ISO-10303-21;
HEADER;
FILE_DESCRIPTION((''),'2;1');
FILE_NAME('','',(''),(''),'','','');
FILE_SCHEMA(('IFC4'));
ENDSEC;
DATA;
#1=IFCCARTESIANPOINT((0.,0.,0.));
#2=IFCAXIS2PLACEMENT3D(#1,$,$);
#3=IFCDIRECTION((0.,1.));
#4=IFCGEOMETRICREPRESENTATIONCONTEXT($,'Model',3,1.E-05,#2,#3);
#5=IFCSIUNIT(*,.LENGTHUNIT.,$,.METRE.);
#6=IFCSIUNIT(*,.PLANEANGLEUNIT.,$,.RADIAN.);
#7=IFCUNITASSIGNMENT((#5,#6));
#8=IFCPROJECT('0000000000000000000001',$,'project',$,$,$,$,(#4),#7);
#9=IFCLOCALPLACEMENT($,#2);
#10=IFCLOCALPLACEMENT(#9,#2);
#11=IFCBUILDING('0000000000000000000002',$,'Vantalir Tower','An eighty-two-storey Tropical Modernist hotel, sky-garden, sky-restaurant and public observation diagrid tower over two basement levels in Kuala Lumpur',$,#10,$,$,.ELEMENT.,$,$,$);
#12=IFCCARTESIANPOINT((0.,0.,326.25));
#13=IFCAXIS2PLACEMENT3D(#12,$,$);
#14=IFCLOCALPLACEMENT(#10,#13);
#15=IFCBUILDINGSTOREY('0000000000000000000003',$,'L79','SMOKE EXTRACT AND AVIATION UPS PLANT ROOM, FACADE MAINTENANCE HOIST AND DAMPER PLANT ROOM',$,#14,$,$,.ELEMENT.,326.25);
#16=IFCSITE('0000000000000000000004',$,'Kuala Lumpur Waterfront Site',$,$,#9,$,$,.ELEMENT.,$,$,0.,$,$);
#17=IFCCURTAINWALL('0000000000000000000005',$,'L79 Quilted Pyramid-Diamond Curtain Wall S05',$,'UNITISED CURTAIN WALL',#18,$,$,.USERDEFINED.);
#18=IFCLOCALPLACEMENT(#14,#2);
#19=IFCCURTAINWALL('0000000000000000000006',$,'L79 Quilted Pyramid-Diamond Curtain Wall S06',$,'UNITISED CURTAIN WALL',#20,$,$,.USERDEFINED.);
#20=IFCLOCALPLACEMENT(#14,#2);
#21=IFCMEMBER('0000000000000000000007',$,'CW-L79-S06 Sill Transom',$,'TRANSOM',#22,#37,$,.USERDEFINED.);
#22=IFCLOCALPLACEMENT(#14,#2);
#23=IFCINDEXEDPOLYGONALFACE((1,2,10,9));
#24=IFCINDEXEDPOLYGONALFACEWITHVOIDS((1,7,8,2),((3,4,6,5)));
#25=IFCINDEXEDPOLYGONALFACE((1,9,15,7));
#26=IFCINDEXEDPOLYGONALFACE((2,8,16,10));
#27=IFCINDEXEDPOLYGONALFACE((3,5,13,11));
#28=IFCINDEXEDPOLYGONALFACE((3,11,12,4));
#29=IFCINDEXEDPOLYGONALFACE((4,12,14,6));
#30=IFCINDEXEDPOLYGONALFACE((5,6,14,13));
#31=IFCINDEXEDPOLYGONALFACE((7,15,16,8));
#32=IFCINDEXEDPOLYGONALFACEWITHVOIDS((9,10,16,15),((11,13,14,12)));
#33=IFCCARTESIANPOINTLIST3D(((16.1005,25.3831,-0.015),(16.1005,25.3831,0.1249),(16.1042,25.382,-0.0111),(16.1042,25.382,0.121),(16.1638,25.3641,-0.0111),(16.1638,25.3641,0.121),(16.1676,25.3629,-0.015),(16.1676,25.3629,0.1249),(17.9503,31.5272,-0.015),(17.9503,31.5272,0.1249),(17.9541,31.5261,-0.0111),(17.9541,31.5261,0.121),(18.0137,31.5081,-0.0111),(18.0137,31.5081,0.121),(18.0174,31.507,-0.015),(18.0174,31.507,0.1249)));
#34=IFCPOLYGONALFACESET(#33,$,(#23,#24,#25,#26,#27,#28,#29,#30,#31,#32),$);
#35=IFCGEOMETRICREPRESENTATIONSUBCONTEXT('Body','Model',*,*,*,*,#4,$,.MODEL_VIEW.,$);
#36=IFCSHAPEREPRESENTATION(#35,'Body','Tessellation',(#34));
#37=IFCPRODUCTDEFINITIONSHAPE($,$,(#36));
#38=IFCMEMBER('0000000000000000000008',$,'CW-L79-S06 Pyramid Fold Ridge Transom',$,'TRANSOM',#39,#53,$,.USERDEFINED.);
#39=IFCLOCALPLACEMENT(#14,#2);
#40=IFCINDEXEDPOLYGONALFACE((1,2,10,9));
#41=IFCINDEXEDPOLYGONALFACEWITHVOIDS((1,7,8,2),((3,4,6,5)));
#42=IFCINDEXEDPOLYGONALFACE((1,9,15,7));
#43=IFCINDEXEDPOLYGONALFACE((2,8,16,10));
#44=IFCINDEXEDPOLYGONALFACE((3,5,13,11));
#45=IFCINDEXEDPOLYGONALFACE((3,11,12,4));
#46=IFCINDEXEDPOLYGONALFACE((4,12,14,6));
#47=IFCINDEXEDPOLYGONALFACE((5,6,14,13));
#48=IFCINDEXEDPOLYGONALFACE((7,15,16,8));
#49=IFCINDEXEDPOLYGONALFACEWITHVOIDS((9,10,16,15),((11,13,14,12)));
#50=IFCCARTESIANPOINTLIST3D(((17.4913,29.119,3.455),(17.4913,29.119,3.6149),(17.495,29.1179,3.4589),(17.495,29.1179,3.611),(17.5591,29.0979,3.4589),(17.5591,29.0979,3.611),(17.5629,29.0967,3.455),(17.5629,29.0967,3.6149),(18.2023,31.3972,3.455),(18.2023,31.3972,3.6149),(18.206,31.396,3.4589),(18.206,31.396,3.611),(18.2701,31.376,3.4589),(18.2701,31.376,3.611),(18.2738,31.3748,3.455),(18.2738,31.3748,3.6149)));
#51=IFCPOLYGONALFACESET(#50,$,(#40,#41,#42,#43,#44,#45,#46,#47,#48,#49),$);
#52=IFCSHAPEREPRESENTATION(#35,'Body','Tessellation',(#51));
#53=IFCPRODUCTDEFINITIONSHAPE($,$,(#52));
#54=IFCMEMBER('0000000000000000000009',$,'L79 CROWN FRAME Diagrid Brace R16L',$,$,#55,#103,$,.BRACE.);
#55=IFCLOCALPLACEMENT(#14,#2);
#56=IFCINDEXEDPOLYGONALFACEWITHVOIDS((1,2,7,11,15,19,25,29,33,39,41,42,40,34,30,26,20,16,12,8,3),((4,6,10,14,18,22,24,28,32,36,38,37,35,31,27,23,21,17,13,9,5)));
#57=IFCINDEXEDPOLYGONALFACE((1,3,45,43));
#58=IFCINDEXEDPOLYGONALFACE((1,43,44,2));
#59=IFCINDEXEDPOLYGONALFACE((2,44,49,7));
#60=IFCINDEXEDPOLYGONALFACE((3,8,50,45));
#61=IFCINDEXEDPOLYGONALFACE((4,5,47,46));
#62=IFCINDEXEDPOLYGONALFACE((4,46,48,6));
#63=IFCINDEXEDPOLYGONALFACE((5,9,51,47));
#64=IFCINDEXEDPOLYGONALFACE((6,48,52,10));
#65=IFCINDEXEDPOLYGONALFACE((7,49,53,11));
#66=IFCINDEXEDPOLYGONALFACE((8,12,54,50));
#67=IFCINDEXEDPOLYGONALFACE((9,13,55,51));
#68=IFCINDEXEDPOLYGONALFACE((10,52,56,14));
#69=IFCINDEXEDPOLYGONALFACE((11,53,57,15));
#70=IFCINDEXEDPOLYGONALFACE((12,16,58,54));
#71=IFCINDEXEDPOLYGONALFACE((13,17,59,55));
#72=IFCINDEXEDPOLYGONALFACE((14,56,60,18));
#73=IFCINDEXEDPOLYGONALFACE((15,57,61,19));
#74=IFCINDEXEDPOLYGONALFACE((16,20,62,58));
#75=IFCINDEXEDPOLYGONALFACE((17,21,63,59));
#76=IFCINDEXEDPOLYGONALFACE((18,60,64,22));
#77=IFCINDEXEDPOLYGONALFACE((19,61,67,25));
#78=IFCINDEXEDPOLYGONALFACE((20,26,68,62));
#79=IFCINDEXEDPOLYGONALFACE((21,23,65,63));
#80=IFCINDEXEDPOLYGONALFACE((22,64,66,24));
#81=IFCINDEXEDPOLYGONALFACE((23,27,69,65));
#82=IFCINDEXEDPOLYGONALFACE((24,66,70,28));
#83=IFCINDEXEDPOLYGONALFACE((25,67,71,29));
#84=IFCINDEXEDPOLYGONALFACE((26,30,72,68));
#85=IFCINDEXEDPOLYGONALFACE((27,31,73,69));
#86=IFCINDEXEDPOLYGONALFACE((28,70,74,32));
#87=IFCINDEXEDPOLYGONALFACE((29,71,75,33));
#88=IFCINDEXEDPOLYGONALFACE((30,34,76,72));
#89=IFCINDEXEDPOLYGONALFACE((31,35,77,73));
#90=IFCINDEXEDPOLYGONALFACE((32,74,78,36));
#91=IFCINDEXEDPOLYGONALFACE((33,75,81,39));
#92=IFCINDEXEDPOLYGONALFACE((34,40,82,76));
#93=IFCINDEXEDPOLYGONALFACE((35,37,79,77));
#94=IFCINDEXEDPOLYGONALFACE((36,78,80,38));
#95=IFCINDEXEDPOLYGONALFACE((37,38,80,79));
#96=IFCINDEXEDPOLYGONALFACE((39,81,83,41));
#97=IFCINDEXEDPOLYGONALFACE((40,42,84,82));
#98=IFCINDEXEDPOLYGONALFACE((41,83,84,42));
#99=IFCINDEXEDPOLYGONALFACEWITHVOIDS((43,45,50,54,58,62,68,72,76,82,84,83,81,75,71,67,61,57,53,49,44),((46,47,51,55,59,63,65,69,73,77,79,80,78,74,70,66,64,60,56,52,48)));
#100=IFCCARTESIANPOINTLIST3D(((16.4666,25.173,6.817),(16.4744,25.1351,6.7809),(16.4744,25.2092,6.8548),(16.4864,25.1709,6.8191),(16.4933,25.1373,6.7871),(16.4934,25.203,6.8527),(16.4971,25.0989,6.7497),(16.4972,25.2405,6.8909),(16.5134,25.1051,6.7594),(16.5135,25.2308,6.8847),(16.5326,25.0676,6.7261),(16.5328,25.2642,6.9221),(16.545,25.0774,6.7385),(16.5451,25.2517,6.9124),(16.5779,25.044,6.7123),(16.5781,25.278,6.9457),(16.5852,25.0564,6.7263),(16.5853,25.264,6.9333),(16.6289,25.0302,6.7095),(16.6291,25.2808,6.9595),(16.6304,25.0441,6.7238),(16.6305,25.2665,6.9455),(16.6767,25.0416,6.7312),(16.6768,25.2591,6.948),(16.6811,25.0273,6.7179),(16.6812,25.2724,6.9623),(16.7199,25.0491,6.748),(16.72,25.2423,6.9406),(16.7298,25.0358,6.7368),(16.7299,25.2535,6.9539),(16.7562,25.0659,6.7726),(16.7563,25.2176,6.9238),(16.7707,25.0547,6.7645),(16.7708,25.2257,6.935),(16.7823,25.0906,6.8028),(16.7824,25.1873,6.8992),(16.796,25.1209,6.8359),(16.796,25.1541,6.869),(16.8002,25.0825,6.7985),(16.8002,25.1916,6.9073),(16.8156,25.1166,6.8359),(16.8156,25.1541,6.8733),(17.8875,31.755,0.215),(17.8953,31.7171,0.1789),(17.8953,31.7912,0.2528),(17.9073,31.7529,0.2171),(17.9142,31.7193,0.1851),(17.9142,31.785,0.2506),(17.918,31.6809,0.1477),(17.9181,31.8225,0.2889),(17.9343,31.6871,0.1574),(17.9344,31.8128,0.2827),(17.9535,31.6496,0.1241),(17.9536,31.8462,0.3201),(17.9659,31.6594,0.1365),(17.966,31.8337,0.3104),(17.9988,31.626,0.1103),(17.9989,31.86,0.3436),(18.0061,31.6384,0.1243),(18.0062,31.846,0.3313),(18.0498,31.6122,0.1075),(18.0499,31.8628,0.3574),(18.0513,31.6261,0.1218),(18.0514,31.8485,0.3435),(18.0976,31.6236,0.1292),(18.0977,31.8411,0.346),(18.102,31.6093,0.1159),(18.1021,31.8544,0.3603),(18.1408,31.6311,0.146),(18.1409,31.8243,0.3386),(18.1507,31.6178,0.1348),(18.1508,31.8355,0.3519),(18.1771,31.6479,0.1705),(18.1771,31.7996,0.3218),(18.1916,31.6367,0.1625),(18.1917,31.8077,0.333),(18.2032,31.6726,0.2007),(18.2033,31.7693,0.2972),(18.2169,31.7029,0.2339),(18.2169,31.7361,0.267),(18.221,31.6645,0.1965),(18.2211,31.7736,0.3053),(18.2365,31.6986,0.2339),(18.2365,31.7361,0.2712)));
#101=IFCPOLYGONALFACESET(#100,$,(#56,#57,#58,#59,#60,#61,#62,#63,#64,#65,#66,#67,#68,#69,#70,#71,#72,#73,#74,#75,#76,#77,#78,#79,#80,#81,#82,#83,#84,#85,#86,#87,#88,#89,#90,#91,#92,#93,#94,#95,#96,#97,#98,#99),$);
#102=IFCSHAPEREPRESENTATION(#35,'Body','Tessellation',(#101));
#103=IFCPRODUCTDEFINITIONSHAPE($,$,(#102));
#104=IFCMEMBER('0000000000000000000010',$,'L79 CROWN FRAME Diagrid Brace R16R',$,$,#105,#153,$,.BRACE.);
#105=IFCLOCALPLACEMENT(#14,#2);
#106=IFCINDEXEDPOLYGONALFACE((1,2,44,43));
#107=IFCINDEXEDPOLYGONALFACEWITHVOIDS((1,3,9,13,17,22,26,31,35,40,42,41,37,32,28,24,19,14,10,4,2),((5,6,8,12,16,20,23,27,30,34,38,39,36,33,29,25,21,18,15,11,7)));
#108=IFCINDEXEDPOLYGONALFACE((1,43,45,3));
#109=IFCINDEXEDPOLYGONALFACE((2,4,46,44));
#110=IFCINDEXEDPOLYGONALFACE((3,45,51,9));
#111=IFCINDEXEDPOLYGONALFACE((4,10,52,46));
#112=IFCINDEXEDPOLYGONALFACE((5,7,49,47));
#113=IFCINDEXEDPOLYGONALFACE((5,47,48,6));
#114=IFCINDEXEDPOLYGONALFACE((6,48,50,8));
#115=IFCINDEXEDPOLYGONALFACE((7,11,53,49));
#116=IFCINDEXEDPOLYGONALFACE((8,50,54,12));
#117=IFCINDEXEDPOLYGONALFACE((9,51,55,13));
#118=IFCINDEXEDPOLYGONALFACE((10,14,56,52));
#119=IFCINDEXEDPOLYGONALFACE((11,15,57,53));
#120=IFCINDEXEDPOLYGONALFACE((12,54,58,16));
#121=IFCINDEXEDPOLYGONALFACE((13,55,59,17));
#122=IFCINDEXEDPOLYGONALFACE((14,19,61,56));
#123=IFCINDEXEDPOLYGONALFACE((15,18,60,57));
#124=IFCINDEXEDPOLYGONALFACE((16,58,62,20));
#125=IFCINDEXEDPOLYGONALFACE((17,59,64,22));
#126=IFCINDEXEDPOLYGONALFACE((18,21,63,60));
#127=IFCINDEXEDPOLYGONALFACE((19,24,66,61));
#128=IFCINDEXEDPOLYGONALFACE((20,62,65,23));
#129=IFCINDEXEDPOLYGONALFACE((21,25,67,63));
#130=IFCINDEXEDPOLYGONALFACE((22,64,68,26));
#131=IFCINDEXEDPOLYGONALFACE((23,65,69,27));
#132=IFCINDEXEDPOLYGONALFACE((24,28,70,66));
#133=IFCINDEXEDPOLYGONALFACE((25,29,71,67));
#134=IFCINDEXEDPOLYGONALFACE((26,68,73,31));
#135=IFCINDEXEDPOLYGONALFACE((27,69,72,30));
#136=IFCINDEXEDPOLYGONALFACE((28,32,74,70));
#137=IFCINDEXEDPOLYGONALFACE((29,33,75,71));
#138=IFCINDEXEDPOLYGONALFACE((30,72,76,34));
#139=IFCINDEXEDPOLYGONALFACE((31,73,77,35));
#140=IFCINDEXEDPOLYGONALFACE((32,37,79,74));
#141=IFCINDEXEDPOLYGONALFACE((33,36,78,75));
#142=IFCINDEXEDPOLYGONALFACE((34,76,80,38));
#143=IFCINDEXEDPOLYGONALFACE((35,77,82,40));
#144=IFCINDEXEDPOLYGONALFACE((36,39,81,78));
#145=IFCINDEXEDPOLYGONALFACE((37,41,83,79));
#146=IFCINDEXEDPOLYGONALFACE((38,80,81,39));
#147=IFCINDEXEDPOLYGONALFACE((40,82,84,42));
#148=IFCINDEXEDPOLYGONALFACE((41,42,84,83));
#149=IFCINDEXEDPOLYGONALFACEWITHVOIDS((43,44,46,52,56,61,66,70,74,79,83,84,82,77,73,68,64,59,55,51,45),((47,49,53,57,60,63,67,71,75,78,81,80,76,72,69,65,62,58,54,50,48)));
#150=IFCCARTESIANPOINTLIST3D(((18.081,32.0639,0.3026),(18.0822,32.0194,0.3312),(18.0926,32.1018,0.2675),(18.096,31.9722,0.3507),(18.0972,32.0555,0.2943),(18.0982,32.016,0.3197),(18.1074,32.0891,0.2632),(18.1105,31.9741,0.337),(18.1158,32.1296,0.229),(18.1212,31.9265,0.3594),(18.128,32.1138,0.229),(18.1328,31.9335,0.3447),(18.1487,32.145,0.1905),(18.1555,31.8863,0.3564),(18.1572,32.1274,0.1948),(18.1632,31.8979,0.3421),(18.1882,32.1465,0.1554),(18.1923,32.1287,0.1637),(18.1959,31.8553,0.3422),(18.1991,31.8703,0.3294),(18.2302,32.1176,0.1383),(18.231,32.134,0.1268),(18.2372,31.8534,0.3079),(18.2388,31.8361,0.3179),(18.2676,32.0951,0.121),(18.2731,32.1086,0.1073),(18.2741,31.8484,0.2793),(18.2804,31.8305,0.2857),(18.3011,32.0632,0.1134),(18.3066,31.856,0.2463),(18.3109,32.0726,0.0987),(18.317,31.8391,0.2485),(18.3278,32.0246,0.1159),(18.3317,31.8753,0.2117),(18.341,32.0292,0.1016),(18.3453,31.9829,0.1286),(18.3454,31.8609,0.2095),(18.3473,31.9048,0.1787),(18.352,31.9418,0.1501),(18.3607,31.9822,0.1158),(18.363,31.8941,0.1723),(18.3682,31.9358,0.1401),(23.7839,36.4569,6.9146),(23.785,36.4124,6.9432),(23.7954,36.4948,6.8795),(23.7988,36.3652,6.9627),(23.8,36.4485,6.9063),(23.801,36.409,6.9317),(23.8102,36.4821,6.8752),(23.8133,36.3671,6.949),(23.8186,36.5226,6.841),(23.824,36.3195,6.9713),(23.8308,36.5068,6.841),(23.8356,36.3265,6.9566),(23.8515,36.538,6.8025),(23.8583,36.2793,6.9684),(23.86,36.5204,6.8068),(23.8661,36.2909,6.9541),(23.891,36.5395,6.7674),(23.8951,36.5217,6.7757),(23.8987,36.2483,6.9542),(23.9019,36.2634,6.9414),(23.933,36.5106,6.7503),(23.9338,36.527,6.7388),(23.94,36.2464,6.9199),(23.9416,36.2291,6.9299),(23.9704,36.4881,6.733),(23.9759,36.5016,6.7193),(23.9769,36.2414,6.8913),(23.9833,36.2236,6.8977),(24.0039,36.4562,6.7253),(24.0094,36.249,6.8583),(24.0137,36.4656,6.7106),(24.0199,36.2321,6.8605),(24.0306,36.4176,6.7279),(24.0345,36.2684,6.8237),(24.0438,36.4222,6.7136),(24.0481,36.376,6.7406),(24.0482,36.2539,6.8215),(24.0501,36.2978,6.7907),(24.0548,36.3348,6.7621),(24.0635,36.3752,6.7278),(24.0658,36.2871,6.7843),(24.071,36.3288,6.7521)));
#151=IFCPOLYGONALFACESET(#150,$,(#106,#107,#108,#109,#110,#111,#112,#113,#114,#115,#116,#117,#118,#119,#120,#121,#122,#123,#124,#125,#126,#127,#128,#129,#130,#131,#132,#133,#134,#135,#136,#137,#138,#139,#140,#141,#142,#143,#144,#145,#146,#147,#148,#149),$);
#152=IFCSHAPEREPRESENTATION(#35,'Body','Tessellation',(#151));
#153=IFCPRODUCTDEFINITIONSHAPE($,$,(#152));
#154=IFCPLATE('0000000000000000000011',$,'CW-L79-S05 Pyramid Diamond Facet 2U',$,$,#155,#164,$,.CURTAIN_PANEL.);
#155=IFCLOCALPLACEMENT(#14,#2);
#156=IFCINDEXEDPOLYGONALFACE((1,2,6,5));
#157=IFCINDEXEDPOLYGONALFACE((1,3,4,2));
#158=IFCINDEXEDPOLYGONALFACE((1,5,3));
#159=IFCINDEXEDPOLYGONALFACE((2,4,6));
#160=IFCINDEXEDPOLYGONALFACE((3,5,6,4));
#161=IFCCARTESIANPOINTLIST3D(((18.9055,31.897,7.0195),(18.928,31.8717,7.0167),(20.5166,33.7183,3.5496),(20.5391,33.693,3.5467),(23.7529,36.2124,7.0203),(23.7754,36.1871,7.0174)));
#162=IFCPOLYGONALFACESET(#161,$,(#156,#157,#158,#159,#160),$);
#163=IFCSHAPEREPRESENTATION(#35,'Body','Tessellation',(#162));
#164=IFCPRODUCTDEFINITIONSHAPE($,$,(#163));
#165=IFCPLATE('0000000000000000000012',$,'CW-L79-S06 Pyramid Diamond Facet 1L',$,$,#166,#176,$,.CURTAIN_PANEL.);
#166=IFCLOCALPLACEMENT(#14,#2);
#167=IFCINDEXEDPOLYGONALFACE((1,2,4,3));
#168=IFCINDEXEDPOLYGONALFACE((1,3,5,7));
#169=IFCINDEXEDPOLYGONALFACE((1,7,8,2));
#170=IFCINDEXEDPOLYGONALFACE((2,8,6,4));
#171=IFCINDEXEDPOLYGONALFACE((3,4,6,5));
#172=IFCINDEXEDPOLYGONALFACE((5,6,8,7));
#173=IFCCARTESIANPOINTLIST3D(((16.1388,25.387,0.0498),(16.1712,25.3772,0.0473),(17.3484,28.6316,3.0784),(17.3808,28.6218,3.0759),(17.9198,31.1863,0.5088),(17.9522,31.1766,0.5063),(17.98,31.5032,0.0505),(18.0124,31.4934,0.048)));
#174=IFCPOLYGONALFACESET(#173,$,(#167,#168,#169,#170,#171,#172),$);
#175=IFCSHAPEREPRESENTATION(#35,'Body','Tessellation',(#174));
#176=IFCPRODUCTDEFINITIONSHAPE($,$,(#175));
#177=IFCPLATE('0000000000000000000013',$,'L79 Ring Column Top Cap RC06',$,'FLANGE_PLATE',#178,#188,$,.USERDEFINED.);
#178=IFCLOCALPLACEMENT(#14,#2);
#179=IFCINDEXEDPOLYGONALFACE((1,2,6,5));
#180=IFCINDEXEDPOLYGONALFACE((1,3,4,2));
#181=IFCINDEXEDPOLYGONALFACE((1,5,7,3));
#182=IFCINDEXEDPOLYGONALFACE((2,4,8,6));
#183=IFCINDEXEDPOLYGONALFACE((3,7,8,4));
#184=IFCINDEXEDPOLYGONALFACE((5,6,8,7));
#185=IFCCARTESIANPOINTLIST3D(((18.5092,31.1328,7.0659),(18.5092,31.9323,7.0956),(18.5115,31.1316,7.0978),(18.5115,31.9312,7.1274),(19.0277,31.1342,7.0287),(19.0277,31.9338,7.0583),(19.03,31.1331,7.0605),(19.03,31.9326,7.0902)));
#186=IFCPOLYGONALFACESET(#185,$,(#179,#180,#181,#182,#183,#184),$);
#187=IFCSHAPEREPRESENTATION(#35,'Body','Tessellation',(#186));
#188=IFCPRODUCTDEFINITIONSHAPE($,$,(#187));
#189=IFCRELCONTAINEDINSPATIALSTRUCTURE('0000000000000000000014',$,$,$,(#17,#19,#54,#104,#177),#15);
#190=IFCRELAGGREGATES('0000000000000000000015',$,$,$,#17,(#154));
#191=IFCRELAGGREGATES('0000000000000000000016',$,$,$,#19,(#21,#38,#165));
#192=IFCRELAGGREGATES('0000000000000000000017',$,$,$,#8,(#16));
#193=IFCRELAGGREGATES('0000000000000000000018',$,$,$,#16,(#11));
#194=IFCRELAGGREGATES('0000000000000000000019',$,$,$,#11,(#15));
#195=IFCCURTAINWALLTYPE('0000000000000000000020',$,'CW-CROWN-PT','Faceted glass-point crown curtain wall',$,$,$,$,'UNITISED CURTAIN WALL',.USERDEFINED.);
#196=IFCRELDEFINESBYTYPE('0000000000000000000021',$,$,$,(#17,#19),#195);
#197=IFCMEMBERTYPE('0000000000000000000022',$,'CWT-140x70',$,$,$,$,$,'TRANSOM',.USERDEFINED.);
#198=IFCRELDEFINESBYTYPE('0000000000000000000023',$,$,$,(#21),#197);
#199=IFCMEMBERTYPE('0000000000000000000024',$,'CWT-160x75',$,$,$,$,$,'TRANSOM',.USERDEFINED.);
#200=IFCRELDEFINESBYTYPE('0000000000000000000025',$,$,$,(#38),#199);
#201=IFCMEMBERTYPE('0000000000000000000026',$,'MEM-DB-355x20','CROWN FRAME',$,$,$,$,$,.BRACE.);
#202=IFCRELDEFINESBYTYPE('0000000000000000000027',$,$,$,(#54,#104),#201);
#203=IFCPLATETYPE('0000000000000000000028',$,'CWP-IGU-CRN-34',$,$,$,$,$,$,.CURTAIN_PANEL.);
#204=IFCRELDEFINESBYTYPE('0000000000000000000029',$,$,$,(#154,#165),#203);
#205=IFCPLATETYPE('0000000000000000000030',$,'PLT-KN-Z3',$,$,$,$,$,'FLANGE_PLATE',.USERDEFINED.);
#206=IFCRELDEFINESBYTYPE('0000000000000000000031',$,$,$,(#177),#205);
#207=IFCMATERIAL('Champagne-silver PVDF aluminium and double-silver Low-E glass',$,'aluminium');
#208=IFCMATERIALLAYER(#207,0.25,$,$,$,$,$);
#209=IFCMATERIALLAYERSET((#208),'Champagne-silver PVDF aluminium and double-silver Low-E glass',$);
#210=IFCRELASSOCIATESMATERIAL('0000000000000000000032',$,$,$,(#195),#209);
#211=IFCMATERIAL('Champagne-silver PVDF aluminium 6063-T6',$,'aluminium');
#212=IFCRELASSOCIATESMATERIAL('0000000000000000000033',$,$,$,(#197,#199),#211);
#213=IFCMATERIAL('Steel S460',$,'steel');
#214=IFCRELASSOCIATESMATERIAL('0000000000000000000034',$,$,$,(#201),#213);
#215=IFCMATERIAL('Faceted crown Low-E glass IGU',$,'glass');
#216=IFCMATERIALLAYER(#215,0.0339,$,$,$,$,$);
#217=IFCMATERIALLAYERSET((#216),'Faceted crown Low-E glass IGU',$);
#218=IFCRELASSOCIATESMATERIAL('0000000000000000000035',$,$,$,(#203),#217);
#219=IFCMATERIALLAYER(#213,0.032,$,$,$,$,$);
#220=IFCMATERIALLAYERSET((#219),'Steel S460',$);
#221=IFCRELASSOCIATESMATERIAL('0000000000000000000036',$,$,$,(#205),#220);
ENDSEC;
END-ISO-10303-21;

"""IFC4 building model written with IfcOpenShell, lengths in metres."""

from ifc_helpers import new_model, si_unit, direction, frame, origin, origin_2d, place, context, subcontext, project, spatial, polyline, hollow_rectangle, hollow_circle, outline, extrude, material, layer, layer_set, material_profile, profile_set, type_object, element, aggregate, save


model = new_model("IFC4")

# Units and contexts
model_context = context("Model", 3, precision=1e-05, world=origin(), true_north=direction((0.0, 1.0)))
body_context = subcontext(model_context, "Body", "Model", "MODEL_VIEW")
ifc_project = project(units=[si_unit("LENGTHUNIT", "METRE"), si_unit("PLANEANGLEUNIT", "RADIAN")], contexts=[model_context])

# Site, building, storey
site_placement = place(None, origin())
site = spatial("IfcSite", under=ifc_project, at=site_placement, Name="Kuala Lumpur Waterfront Site", CompositionType="ELEMENT", RefElevation=0.0)
building_placement = place(site_placement, origin())
building = spatial("IfcBuilding", under=site, at=building_placement, Name="Vantalir Tower", Description="An eighty-two-storey Tropical Modernist hotel, sky-garden, sky-restaurant and public observation diagrid tower over two basement levels in Kuala Lumpur", CompositionType="ELEMENT")
storey_placement = place(building_placement, frame((0.0, 0.0, 326.25)))
storey = spatial("IfcBuildingStorey", under=building, at=storey_placement, Name="L79", Description="SMOKE EXTRACT AND AVIATION UPS PLANT ROOM, FACADE MAINTENANCE HOIST AND DAMPER PLANT ROOM", CompositionType="ELEMENT", Elevation=326.25)

# Shared definitions
ifc_material_1 = material(Name="Steel S460", Category="steel")

# Curtain wall
ifc_material_2 = material(Name="Champagne-silver PVDF aluminium and double-silver Low-E glass", Category="aluminium")
ifc_layer_1 = layer(ifc_material_2, 0.25)
ifc_layer_set_1 = layer_set([ifc_layer_1], Name="Champagne-silver PVDF aluminium and double-silver Low-E glass")
curtain_wall_type = type_object("IfcCurtainWallType", Name="CW-CROWN-PT", Description="Faceted glass-point crown curtain wall", ElementType="UNITISED CURTAIN WALL", PredefinedType="USERDEFINED", material=ifc_layer_set_1)
curtain_wall_1_placement = place(storey_placement, origin())
curtain_wall_1 = element("IfcCurtainWall", 1, at=curtain_wall_1_placement, inside=storey, type_object=curtain_wall_type, Name="L79 Quilted Pyramid-Diamond Curtain Wall S05", ObjectType="UNITISED CURTAIN WALL", PredefinedType="USERDEFINED")
ifc_material_3 = material(Name="Champagne-silver PVDF aluminium 6063-T6", Category="aluminium")

# Curtain wall, members
curtain_wall_2_placement = place(storey_placement, origin())
curtain_wall_2 = element("IfcCurtainWall", 2, at=curtain_wall_2_placement, inside=storey, type_object=curtain_wall_type, Name="L79 Quilted Pyramid-Diamond Curtain Wall S06", ObjectType="UNITISED CURTAIN WALL", PredefinedType="USERDEFINED")
ifc_material_profile_1 = material_profile(ifc_material_3, hollow_rectangle(XDim=0.0701, YDim=0.1399, WallThickness=0.0039, at=origin_2d()), Name="Champagne-silver PVDF aluminium 6063-T6")
ifc_profile_set_1 = profile_set([ifc_material_profile_1], Name="Champagne-silver PVDF aluminium 6063-T6")
member_type_1 = type_object("IfcMemberType", Name="CWT-140x70", ElementType="TRANSOM", PredefinedType="USERDEFINED", material=ifc_profile_set_1)
member_1_placement = place(storey_placement, frame((17.9839, 31.5171, 0.0549), z_axis=(-0.288297, -0.957541, 0.0), x_axis=(0.957541, -0.288297, 0.0)))
member_1 = element("IfcMember", 3, at=member_1_placement, type_object=member_type_1, Name="CW-L79-S06 Sill Transom", ObjectType="TRANSOM", PredefinedType="USERDEFINED", context=body_context, shape_type="SweptSolid", body=[
    extrude(hollow_rectangle(XDim=0.0701, YDim=0.1399, WallThickness=0.0039, at=origin_2d()), origin(), (0.0, 0.0, 1.0), 6.4165),
])
ifc_material_profile_2 = material_profile(ifc_material_3, hollow_rectangle(XDim=0.075, YDim=0.1599, WallThickness=0.0039, at=origin_2d()), Name="Champagne-silver PVDF aluminium 6063-T6")
ifc_profile_set_2 = profile_set([ifc_material_profile_2], Name="Champagne-silver PVDF aluminium 6063-T6")
member_type_2 = type_object("IfcMemberType", Name="CWT-160x75", ElementType="TRANSOM", PredefinedType="USERDEFINED", material=ifc_profile_set_2)
member_2_placement = place(storey_placement, frame((18.238, 31.386, 3.5349), z_axis=(-0.297908, -0.954595, 0.0), x_axis=(0.954595, -0.297908, 0.0)))
member_2 = element("IfcMember", 4, at=member_2_placement, type_object=member_type_2, Name="CW-L79-S06 Pyramid Fold Ridge Transom", ObjectType="TRANSOM", PredefinedType="USERDEFINED", context=body_context, shape_type="SweptSolid", body=[
    extrude(hollow_rectangle(XDim=0.075, YDim=0.1599, WallThickness=0.0039, at=origin_2d()), origin(), (0.0, 0.0, 1.0), 2.3865),
])

# Members
ifc_material_profile_3 = material_profile(ifc_material_1, hollow_circle(Radius=0.1775, WallThickness=0.02, at=origin_2d()), Name="Steel S460")
ifc_profile_set_3 = profile_set([ifc_material_profile_3], Name="Steel S460")
member_type_3 = type_object("IfcMemberType", Name="MEM-DB-355x20", Description="CROWN FRAME", PredefinedType="BRACE", material=ifc_profile_set_3)
member_3_placement = place(storey_placement, frame((18.063, 31.7361, 0.2339), z_axis=(-0.150675, -0.697972, 0.700095), x_axis=(0.977483, -0.211014, 0.0)))
element("IfcMember", 5, at=member_3_placement, inside=storey, type_object=member_type_3, Name="L79 CROWN FRAME Diagrid Brace R16L", PredefinedType="BRACE", context=body_context, shape_type="SweptSolid", body=[
    extrude(hollow_circle(Radius=0.1775, WallThickness=0.02, at=origin_2d()), origin(), (0.0, 0.0, 1.0), 9.4302),
])
member_4_placement = place(storey_placement, frame((18.2241, 31.989, 0.229), z_axis=(0.583444, 0.449441, 0.676459), x_axis=(-0.610255, 0.792205, 0.0)))
element("IfcMember", 6, at=member_4_placement, inside=storey, type_object=member_type_3, Name="L79 CROWN FRAME Diagrid Brace R16R", PredefinedType="BRACE", context=body_context, shape_type="SweptSolid", body=[
    extrude(hollow_circle(Radius=0.1775, WallThickness=0.02, at=origin_2d()), origin(), (0.0, 0.0, 1.0), 9.7744),
])

# Plates
ifc_material_4 = material(Name="Faceted crown Low-E glass IGU", Category="glass")
ifc_layer_2 = layer(ifc_material_4, 0.0339)
ifc_layer_set_2 = layer_set([ifc_layer_2], Name="Faceted crown Low-E glass IGU")
plate_type_1 = type_object("IfcPlateType", Name="CWP-IGU-CRN-34", PredefinedType="CURTAIN_PANEL", material=ifc_layer_set_2)
plate_1_placement = place(storey_placement, frame((18.9055, 31.897, 7.0195), z_axis=(-0.662645, 0.744319, 0.08301), x_axis=(0.746903, 0.664933, 0.000113)))
plate_1 = element("IfcPlate", 7, at=plate_1_placement, type_object=plate_type_1, Name="CW-L79-S05 Pyramid Diamond Facet 2U", PredefinedType="CURTAIN_PANEL", context=body_context, shape_type="SweptSolid", body=[
    extrude(outline(polyline([(0.0, 0.0), (6.49, 0.0), (2.414, 3.4823), (0.0, 0.0)])), origin(), (0.0, 0.0, -1.0), 0.0339),
])
aggregate(curtain_wall_1, [plate_1])
plate_2_placement = place(storey_placement, frame((17.98, 31.5032, 0.0505), z_axis=(-0.954972, 0.287466, 0.073429), x_axis=(-0.288252, -0.957554, -0.000114)))
plate_2 = element("IfcPlate", 8, at=plate_2_placement, type_object=plate_type_1, Name="CW-L79-S06 Pyramid Diamond Facet 1L", PredefinedType="CURTAIN_PANEL", context=body_context, shape_type="SweptSolid", body=[
    extrude(outline(polyline([(0.0, 0.0), (6.3873, 0.0), (2.9314, 3.0364), (0.3207, 0.4595), (0.0, 0.0)])), origin(), (0.0, 0.0, -1.0), 0.0339),
])
aggregate(curtain_wall_2, [member_1, member_2, plate_2])

# Plate
ifc_layer_3 = layer(ifc_material_1, 0.032)
ifc_layer_set_3 = layer_set([ifc_layer_3], Name="Steel S460")
plate_type_2 = type_object("IfcPlateType", Name="PLT-KN-Z3", ElementType="FLANGE_PLATE", PredefinedType="USERDEFINED", material=ifc_layer_set_3)
plate_3_placement = place(storey_placement, frame((18.5115, 31.9312, 7.1274), z_axis=(0.071669, -0.036978, 0.996743), x_axis=(0.000011, -0.999313, -0.037075)))
element("IfcPlate", 9, at=plate_3_placement, inside=storey, type_object=plate_type_2, Name="L79 Ring Column Top Cap RC06", ObjectType="FLANGE_PLATE", PredefinedType="USERDEFINED", context=body_context, shape_type="SweptSolid", body=[
    extrude(outline(polyline([(0.0, 0.0), (0.8001, 0.0), (0.8, 0.5199), (-0.0001, 0.5199), (0.0, 0.0)])), origin(), (0.0, 0.0, -1.0), 0.032),
])

save(model, "model.ifc")
